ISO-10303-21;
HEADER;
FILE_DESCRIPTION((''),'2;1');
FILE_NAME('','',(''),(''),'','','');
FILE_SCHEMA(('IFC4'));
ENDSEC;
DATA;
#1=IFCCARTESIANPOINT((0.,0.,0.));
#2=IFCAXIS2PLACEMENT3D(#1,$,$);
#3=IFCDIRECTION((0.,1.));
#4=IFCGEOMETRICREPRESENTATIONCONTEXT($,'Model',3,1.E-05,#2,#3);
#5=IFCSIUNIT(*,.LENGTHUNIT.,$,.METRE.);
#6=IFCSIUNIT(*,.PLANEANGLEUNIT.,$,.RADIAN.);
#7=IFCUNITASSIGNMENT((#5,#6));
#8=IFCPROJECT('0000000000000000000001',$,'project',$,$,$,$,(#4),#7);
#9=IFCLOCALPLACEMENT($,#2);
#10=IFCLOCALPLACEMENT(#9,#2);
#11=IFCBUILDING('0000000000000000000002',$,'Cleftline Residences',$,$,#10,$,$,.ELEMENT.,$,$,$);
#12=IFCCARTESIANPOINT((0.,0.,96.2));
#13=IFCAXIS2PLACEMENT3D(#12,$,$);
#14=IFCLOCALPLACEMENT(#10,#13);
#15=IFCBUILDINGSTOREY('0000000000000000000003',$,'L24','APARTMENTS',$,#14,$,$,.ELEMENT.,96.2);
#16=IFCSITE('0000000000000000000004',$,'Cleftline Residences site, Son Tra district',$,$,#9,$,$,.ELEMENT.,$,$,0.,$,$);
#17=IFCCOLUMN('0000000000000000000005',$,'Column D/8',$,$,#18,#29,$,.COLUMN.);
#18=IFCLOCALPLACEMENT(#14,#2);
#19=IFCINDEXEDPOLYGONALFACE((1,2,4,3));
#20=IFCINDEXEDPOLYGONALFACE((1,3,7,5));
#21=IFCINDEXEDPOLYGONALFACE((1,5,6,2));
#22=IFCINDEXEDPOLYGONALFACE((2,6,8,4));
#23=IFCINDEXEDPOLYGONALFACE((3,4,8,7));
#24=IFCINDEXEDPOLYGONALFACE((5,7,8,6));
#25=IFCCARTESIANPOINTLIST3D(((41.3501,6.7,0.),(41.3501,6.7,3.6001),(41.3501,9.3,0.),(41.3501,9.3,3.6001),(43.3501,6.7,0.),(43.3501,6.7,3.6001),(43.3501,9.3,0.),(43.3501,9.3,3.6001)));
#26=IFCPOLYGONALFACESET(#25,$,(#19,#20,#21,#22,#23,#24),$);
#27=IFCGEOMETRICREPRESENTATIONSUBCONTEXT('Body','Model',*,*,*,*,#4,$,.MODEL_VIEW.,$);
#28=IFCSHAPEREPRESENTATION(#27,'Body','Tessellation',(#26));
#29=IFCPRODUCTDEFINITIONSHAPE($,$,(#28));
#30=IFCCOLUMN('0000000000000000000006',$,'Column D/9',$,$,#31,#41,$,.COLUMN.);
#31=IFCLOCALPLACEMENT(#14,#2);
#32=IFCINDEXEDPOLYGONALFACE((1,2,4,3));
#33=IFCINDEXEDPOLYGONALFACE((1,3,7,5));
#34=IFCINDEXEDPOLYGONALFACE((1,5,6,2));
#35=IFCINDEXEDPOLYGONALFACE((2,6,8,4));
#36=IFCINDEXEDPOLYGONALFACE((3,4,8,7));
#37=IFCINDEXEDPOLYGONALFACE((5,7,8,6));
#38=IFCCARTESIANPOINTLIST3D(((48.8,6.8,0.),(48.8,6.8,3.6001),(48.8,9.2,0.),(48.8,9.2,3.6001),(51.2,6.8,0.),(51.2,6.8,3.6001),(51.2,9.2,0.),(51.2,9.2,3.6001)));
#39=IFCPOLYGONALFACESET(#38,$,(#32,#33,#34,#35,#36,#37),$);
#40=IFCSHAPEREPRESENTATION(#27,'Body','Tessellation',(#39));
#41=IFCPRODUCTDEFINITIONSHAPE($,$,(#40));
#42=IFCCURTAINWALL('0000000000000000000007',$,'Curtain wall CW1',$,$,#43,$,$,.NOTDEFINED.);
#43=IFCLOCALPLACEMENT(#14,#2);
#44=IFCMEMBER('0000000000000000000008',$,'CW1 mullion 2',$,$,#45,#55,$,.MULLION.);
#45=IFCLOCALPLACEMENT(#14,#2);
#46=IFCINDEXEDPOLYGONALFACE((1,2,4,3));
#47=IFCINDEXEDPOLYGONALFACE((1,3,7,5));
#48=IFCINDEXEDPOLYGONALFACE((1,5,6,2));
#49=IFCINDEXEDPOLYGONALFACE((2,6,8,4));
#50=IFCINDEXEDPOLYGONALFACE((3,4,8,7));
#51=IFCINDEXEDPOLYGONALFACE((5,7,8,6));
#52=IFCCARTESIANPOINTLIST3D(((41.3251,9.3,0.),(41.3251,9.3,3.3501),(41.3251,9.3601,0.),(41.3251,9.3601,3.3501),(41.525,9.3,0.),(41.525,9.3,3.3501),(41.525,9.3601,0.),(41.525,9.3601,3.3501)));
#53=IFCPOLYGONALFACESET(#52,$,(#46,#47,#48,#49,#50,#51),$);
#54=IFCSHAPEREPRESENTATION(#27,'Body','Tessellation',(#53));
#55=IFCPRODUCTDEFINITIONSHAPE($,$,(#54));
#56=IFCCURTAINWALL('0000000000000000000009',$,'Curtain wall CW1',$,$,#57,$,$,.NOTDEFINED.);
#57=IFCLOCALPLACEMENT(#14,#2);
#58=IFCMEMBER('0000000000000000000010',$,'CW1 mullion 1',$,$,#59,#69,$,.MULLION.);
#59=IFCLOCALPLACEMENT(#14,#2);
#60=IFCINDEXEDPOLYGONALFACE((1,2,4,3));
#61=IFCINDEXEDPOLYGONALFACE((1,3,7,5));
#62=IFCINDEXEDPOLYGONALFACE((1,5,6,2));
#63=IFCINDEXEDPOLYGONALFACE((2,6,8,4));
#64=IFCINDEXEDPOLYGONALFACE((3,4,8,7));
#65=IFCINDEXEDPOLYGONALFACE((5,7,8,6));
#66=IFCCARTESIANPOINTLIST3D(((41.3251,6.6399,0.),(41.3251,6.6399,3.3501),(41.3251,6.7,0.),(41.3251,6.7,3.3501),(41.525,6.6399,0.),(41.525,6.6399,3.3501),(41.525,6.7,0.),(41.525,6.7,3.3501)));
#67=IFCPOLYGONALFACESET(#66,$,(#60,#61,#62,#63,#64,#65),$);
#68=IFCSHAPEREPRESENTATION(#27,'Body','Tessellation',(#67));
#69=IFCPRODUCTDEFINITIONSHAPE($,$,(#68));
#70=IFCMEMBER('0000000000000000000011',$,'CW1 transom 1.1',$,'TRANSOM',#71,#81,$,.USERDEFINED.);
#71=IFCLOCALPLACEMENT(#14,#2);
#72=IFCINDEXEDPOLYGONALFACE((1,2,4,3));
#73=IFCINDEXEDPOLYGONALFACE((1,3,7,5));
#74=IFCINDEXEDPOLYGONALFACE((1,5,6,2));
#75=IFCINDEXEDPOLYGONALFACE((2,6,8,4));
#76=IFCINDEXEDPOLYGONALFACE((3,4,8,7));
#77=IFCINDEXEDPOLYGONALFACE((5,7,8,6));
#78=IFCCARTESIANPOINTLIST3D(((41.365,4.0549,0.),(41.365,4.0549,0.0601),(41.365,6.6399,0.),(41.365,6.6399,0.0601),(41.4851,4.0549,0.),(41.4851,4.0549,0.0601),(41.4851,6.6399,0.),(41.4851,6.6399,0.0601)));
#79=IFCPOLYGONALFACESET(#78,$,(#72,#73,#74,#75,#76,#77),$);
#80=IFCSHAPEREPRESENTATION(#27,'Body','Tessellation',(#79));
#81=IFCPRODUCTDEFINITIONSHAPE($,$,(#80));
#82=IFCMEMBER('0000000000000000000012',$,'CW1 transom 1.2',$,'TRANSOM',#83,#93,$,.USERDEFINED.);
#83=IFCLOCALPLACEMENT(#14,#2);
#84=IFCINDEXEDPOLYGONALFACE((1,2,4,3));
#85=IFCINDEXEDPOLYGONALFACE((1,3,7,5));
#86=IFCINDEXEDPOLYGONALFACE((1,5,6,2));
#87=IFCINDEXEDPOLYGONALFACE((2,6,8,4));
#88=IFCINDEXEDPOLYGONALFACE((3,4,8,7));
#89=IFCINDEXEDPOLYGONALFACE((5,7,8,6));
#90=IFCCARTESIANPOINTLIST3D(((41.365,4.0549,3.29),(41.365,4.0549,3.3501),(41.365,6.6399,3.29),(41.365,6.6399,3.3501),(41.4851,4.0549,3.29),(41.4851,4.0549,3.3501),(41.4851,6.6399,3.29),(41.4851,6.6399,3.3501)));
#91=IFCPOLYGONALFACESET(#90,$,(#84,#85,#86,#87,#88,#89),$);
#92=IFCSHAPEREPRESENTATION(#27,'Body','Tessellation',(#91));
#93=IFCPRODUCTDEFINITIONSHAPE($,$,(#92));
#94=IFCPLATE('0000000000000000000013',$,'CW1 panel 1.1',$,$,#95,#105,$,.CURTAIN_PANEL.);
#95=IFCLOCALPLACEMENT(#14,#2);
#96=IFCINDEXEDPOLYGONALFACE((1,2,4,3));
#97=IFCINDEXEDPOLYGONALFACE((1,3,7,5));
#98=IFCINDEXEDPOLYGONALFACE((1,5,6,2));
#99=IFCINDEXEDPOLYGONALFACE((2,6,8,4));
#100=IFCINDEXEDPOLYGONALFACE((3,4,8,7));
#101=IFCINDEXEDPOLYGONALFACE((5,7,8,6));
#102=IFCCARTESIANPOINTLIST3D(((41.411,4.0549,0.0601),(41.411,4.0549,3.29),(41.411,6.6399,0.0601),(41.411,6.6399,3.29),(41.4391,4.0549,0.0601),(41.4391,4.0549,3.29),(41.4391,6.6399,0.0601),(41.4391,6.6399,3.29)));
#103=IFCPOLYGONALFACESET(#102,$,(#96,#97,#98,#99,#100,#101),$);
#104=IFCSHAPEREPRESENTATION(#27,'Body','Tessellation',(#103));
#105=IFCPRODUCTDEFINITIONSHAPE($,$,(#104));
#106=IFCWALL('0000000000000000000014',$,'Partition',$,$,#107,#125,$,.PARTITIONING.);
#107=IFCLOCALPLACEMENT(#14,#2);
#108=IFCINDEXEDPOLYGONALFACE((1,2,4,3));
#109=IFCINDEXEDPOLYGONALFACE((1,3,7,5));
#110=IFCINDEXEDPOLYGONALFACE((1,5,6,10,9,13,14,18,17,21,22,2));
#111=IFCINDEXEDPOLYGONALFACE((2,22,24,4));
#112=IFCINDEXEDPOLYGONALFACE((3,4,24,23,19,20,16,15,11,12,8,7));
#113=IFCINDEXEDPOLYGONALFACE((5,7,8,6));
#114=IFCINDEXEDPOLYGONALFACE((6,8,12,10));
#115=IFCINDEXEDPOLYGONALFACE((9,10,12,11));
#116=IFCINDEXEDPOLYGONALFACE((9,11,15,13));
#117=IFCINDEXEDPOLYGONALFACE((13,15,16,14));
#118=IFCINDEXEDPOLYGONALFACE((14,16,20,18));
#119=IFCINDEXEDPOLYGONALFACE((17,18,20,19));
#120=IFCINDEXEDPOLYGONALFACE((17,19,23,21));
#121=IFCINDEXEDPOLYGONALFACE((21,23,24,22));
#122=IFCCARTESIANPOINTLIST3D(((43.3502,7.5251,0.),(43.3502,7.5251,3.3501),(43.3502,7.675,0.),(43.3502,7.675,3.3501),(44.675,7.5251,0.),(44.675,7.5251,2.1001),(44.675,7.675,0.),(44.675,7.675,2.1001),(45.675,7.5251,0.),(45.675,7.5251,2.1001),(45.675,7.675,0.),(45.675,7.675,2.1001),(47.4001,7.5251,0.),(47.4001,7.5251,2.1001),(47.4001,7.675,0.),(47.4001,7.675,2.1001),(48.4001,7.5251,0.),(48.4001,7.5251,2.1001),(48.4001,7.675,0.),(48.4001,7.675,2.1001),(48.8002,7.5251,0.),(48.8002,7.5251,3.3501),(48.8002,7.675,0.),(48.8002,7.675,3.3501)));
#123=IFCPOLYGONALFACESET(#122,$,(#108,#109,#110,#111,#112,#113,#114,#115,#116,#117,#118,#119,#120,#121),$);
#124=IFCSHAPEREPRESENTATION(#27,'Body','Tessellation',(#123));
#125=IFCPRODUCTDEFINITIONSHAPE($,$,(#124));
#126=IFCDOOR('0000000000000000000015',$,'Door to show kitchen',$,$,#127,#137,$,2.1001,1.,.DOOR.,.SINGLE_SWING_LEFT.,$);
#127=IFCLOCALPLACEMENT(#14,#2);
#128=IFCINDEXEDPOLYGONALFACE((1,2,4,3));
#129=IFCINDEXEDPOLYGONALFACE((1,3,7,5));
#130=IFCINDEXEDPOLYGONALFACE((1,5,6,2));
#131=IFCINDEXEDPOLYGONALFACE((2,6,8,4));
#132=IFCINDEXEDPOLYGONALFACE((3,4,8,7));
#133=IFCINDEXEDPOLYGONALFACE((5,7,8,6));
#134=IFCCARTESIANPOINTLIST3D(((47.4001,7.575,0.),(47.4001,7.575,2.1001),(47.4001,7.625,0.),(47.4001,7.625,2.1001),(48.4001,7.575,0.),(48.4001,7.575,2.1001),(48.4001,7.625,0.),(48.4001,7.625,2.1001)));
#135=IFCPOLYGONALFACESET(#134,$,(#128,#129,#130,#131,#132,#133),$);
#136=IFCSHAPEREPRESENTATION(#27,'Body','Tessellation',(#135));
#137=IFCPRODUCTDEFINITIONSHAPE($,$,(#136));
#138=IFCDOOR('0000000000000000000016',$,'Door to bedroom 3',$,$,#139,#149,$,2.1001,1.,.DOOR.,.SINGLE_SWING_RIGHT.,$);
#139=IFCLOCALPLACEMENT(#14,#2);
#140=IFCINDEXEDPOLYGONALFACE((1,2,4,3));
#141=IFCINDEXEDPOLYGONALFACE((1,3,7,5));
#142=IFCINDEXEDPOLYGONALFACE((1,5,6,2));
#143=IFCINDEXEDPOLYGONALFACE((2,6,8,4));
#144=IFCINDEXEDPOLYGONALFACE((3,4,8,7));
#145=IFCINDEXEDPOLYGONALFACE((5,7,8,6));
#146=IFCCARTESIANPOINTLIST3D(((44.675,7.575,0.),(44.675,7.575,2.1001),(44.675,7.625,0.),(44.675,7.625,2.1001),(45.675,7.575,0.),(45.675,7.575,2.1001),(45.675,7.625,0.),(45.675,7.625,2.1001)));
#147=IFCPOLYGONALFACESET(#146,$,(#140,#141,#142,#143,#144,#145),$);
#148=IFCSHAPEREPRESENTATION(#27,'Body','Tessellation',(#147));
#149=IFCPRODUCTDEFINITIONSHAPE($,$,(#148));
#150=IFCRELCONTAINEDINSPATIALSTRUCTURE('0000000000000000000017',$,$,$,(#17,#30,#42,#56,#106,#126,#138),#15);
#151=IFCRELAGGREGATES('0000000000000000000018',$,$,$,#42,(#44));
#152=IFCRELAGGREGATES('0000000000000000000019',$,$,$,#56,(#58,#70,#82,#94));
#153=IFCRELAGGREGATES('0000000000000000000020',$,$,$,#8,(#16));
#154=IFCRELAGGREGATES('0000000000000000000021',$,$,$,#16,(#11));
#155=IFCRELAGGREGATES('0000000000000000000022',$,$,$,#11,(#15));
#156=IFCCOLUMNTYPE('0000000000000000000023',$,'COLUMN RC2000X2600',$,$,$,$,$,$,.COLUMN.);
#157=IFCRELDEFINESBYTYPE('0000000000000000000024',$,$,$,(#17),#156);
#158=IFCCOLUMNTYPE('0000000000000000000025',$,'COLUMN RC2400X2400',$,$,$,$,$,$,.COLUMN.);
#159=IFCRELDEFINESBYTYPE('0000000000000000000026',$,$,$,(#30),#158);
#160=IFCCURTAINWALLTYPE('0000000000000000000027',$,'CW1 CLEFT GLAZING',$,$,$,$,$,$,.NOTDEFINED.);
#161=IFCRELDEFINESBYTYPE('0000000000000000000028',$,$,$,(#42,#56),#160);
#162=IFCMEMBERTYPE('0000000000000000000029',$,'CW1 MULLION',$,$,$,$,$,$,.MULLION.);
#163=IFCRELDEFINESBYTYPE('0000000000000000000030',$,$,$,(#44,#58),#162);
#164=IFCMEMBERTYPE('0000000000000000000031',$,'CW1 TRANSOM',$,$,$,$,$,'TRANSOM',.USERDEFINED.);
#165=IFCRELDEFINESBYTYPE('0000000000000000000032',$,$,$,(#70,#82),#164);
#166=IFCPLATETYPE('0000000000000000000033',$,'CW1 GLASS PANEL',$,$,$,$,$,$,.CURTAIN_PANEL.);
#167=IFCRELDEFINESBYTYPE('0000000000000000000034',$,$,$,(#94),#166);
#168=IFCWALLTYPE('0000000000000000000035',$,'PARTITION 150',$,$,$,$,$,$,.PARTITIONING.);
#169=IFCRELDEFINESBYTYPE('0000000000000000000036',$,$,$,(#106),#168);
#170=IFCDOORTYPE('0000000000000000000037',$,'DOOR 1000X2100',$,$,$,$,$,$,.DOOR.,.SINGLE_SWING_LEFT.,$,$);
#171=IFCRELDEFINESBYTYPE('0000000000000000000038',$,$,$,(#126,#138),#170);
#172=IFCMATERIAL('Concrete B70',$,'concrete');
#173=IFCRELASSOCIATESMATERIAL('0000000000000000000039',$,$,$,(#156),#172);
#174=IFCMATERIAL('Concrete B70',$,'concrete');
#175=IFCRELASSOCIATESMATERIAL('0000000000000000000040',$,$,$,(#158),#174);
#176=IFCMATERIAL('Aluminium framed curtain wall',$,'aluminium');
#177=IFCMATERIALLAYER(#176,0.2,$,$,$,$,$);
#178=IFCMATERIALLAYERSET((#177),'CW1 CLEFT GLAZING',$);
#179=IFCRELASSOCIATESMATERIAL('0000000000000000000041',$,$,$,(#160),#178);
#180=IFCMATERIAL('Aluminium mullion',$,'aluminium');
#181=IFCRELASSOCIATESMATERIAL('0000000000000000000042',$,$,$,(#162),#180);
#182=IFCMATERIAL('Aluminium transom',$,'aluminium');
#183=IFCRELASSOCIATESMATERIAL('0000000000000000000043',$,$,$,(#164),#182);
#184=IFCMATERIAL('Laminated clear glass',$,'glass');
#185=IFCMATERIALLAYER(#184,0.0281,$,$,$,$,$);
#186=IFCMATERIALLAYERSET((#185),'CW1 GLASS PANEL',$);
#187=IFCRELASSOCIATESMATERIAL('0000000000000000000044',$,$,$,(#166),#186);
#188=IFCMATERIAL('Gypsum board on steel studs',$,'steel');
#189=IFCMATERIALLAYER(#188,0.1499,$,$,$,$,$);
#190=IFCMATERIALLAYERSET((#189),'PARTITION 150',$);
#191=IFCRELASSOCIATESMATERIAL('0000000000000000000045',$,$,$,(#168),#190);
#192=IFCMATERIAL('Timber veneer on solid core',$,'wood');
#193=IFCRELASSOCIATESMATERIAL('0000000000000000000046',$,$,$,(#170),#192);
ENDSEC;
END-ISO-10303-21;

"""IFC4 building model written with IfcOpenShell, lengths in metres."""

from ifc_helpers import new_model, si_unit, direction, frame, frame_2d, origin, origin_2d, place, context, subcontext, project, spatial, rectangle, extrude, material, layer, layer_set, material_profile, profile_set, type_object, element, fill, aggregate, save


model = new_model("IFC4")

# Units and contexts
model_context = context("Model", 3, precision=1e-05, world=origin(), true_north=direction((0.0, 1.0)))
body_context = subcontext(model_context, "Body", "Model", "MODEL_VIEW")
ifc_project = project(units=[si_unit("LENGTHUNIT", "METRE"), si_unit("PLANEANGLEUNIT", "RADIAN")], contexts=[model_context])

# Site, building, storey
site_placement = place(None, origin())
site = spatial("IfcSite", under=ifc_project, at=site_placement, Name="Cleftline Residences site, Son Tra district", CompositionType="ELEMENT", RefElevation=0.0)
building_placement = place(site_placement, origin())
building = spatial("IfcBuilding", under=site, at=building_placement, Name="Cleftline Residences", CompositionType="ELEMENT")
storey_placement = place(building_placement, frame((0.0, 0.0, 96.2)))
storey = spatial("IfcBuildingStorey", under=building, at=storey_placement, Name="L24", Description="APARTMENTS", CompositionType="ELEMENT", Elevation=96.2)

# Columns
ifc_material_1 = material(Name="Concrete B70", Category="concrete")
ifc_material_profile_1 = material_profile(ifc_material_1, rectangle(XDim=2.0, YDim=2.6001, at=origin_2d()))
ifc_profile_set_1 = profile_set([ifc_material_profile_1], Name="Concrete B70")
column_type_1 = type_object("IfcColumnType", Name="COLUMN RC2000X2600", PredefinedType="COLUMN", material=ifc_profile_set_1)
column_1_placement = place(storey_placement, frame((42.3501, 8.0, 0.0), z_axis=(0.0, 0.0, 1.0), x_axis=(1.0, 0.0, 0.0)))
element("IfcColumn", 1, at=column_1_placement, inside=storey, type_object=column_type_1, Name="Column D/8", PredefinedType="COLUMN", context=body_context, shape_type="SweptSolid", body=[
    extrude(rectangle(XDim=2.0, YDim=2.6001, at=origin_2d()), origin(), (0.0, 0.0, 1.0), 3.6001),
])
ifc_material_2 = material(Name="Concrete B70", Category="concrete")
ifc_material_profile_2 = material_profile(ifc_material_2, rectangle(XDim=2.3999, YDim=2.3999, at=origin_2d()))
ifc_profile_set_2 = profile_set([ifc_material_profile_2], Name="Concrete B70")
column_type_2 = type_object("IfcColumnType", Name="COLUMN RC2400X2400", PredefinedType="COLUMN", material=ifc_profile_set_2)
column_2_placement = place(storey_placement, frame((50.0, 8.0, 0.0), z_axis=(0.0, 0.0, 1.0), x_axis=(1.0, 0.0, 0.0)))
element("IfcColumn", 2, at=column_2_placement, inside=storey, type_object=column_type_2, Name="Column D/9", PredefinedType="COLUMN", context=body_context, shape_type="SweptSolid", body=[
    extrude(rectangle(XDim=2.3999, YDim=2.3999, at=origin_2d()), origin(), (0.0, 0.0, 1.0), 3.6001),
])

# Curtain wall, member
ifc_material_3 = material(Name="Aluminium framed curtain wall", Category="aluminium")
ifc_layer_1 = layer(ifc_material_3, 0.2)
ifc_layer_set_1 = layer_set([ifc_layer_1], Name="CW1 CLEFT GLAZING")
curtain_wall_type = type_object("IfcCurtainWallType", Name="CW1 CLEFT GLAZING", PredefinedType="NOTDEFINED", material=ifc_layer_set_1)
curtain_wall_1_placement = place(storey_placement, origin())
curtain_wall_1 = element("IfcCurtainWall", 3, at=curtain_wall_1_placement, inside=storey, type_object=curtain_wall_type, Name="Curtain wall CW1", PredefinedType="NOTDEFINED")
ifc_material_4 = material(Name="Aluminium mullion", Category="aluminium")
ifc_material_profile_3 = material_profile(ifc_material_4, rectangle(XDim=0.2, YDim=0.0601, at=origin_2d()))
ifc_profile_set_3 = profile_set([ifc_material_profile_3], Name="Aluminium mullion")
member_type_1 = type_object("IfcMemberType", Name="CW1 MULLION", PredefinedType="MULLION", material=ifc_profile_set_3)
member_1_placement = place(storey_placement, frame((41.425, 9.3301, 0.0), z_axis=(0.0, 0.0, 1.0), x_axis=(1.0, 0.0, 0.0)))
member_1 = element("IfcMember", 4, at=member_1_placement, type_object=member_type_1, Name="CW1 mullion 2", PredefinedType="MULLION", context=body_context, shape_type="SweptSolid", body=[
    extrude(rectangle(XDim=0.2, YDim=0.0601, at=origin_2d()), origin(), (0.0, 0.0, 1.0), 3.3501),
])
aggregate(curtain_wall_1, [member_1])

# Curtain wall, members, plate
curtain_wall_2_placement = place(storey_placement, origin())
curtain_wall_2 = element("IfcCurtainWall", 5, at=curtain_wall_2_placement, inside=storey, type_object=curtain_wall_type, Name="Curtain wall CW1", PredefinedType="NOTDEFINED")
member_2_placement = place(storey_placement, frame((41.425, 6.6699, 0.0), z_axis=(0.0, 0.0, 1.0), x_axis=(1.0, 0.0, 0.0)))
member_2 = element("IfcMember", 6, at=member_2_placement, type_object=member_type_1, Name="CW1 mullion 1", PredefinedType="MULLION", context=body_context, shape_type="SweptSolid", body=[
    extrude(rectangle(XDim=0.2, YDim=0.0601, at=origin_2d()), origin(), (0.0, 0.0, 1.0), 3.3501),
])
ifc_material_5 = material(Name="Aluminium transom", Category="aluminium")
ifc_material_profile_4 = material_profile(ifc_material_5, rectangle(XDim=0.1201, YDim=0.0601, at=origin_2d()))
ifc_profile_set_4 = profile_set([ifc_material_profile_4], Name="Aluminium transom")
member_type_2 = type_object("IfcMemberType", Name="CW1 TRANSOM", ElementType="TRANSOM", PredefinedType="USERDEFINED", material=ifc_profile_set_4)
member_3_placement = place(storey_placement, frame((41.425, 6.6399, 0.03), z_axis=(0.0, -1.0, 0.0), x_axis=(1.0, 0.0, 0.0)))
member_3 = element("IfcMember", 7, at=member_3_placement, type_object=member_type_2, Name="CW1 transom 1.1", ObjectType="TRANSOM", PredefinedType="USERDEFINED", context=body_context, shape_type="SweptSolid", body=[
    extrude(rectangle(XDim=0.1201, YDim=0.0601, at=origin_2d()), origin(), (0.0, 0.0, 1.0), 2.585),
])
member_4_placement = place(storey_placement, frame((41.425, 6.6399, 3.3201), z_axis=(0.0, -1.0, 0.0), x_axis=(1.0, 0.0, 0.0)))
member_4 = element("IfcMember", 8, at=member_4_placement, type_object=member_type_2, Name="CW1 transom 1.2", ObjectType="TRANSOM", PredefinedType="USERDEFINED", context=body_context, shape_type="SweptSolid", body=[
    extrude(rectangle(XDim=0.1201, YDim=0.0601, at=origin_2d()), origin(), (0.0, 0.0, 1.0), 2.585),
])
ifc_material_6 = material(Name="Laminated clear glass", Category="glass")
ifc_layer_2 = layer(ifc_material_6, 0.0281)
ifc_layer_set_2 = layer_set([ifc_layer_2], Name="CW1 GLASS PANEL")
plate_type = type_object("IfcPlateType", Name="CW1 GLASS PANEL", PredefinedType="CURTAIN_PANEL", material=ifc_layer_set_2)
plate_placement = place(storey_placement, frame((41.425, 5.3474, 0.0601), z_axis=(0.0, 0.0, 1.0), x_axis=(0.0, -1.0, 0.0)))
plate = element("IfcPlate", 9, at=plate_placement, type_object=plate_type, Name="CW1 panel 1.1", PredefinedType="CURTAIN_PANEL", context=body_context, shape_type="SweptSolid", body=[
    extrude(rectangle(XDim=2.585, YDim=0.0281, at=origin_2d()), origin(), (0.0, 0.0, 1.0), 3.23),
])
aggregate(curtain_wall_2, [member_2, member_3, member_4, plate])

# Wall, openings, doors
ifc_material_7 = material(Name="Gypsum board on steel studs", Category="steel")
ifc_layer_3 = layer(ifc_material_7, 0.1499)
ifc_layer_set_3 = layer_set([ifc_layer_3], Name="PARTITION 150")
wall_type = type_object("IfcWallType", Name="PARTITION 150", PredefinedType="PARTITIONING", material=ifc_layer_set_3)
wall_1_placement = place(storey_placement, frame((43.3501, 7.6001, 0.0), z_axis=(0.0, 0.0, 1.0), x_axis=(1.0, 0.0, 0.0)))
wall_1 = element("IfcWall", 10, at=wall_1_placement, inside=storey, type_object=wall_type, Name="Partition", PredefinedType="PARTITIONING", context=body_context, shape_type="SweptSolid", body=[
    extrude(rectangle(XDim=5.45, YDim=0.1499, at=frame_2d((2.7251, 0.0))), origin(), (0.0, 0.0, 1.0), 3.3501),
])
opening_1_placement = place(wall_1_placement, frame((4.05, 0.0, 0.0)))
opening_1 = element("IfcOpeningElement", 11, at=opening_1_placement, cuts=wall_1, PredefinedType="OPENING", context=body_context, shape_type="SweptSolid", body=[
    extrude(rectangle(XDim=1.0, YDim=2.1001, at=frame_2d((0.5, 1.05))), frame((0.0, 0.085, 0.0), z_axis=(0.0, -1.0, 0.0), x_axis=(1.0, 0.0, 0.0)), (0.0, 0.0, 1.0), 0.1699),
])
opening_2_placement = place(wall_1_placement, frame((1.325, 0.0, 0.0)))
opening_2 = element("IfcOpeningElement", 12, at=opening_2_placement, cuts=wall_1, PredefinedType="OPENING", context=body_context, shape_type="SweptSolid", body=[
    extrude(rectangle(XDim=1.0, YDim=2.1001, at=frame_2d((0.5, 1.05))), frame((0.0, 0.085, 0.0), z_axis=(0.0, -1.0, 0.0), x_axis=(1.0, 0.0, 0.0)), (0.0, 0.0, 1.0), 0.1699),
])
ifc_material_8 = material(Name="Timber veneer on solid core", Category="wood")
door_type_1 = type_object("IfcDoorType", Name="DOOR 1000X2100", OperationType="SINGLE_SWING_LEFT", PredefinedType="DOOR", material=ifc_material_8)
door_1_placement = place(opening_1_placement, origin())
door_1 = element("IfcDoor", 13, at=door_1_placement, inside=storey, type_object=door_type_1, Name="Door to show kitchen", OperationType="SINGLE_SWING_LEFT", OverallHeight=2.1001, OverallWidth=1.0, PredefinedType="DOOR", context=body_context, shape_type="SweptSolid", body=[
    extrude(rectangle(XDim=1.0, YDim=2.1001, at=frame_2d((0.5, 1.05))), frame((0.0, 0.0249, 0.0), z_axis=(0.0, -1.0, 0.0), x_axis=(1.0, 0.0, 0.0)), (0.0, 0.0, 1.0), 0.05),
])
fill(opening_1, door_1)
door_2_placement = place(opening_2_placement, origin())
door_2 = element("IfcDoor", 14, at=door_2_placement, inside=storey, type_object=door_type_1, Name="Door to bedroom 3", OperationType="SINGLE_SWING_RIGHT", OverallHeight=2.1001, OverallWidth=1.0, PredefinedType="DOOR", context=body_context, shape_type="SweptSolid", body=[
    extrude(rectangle(XDim=1.0, YDim=2.1001, at=frame_2d((0.5, 1.05))), frame((0.0, 0.0249, 0.0), z_axis=(0.0, -1.0, 0.0), x_axis=(1.0, 0.0, 0.0)), (0.0, 0.0, 1.0), 0.05),
])
fill(opening_2, door_2)

save(model, "model.ifc")
